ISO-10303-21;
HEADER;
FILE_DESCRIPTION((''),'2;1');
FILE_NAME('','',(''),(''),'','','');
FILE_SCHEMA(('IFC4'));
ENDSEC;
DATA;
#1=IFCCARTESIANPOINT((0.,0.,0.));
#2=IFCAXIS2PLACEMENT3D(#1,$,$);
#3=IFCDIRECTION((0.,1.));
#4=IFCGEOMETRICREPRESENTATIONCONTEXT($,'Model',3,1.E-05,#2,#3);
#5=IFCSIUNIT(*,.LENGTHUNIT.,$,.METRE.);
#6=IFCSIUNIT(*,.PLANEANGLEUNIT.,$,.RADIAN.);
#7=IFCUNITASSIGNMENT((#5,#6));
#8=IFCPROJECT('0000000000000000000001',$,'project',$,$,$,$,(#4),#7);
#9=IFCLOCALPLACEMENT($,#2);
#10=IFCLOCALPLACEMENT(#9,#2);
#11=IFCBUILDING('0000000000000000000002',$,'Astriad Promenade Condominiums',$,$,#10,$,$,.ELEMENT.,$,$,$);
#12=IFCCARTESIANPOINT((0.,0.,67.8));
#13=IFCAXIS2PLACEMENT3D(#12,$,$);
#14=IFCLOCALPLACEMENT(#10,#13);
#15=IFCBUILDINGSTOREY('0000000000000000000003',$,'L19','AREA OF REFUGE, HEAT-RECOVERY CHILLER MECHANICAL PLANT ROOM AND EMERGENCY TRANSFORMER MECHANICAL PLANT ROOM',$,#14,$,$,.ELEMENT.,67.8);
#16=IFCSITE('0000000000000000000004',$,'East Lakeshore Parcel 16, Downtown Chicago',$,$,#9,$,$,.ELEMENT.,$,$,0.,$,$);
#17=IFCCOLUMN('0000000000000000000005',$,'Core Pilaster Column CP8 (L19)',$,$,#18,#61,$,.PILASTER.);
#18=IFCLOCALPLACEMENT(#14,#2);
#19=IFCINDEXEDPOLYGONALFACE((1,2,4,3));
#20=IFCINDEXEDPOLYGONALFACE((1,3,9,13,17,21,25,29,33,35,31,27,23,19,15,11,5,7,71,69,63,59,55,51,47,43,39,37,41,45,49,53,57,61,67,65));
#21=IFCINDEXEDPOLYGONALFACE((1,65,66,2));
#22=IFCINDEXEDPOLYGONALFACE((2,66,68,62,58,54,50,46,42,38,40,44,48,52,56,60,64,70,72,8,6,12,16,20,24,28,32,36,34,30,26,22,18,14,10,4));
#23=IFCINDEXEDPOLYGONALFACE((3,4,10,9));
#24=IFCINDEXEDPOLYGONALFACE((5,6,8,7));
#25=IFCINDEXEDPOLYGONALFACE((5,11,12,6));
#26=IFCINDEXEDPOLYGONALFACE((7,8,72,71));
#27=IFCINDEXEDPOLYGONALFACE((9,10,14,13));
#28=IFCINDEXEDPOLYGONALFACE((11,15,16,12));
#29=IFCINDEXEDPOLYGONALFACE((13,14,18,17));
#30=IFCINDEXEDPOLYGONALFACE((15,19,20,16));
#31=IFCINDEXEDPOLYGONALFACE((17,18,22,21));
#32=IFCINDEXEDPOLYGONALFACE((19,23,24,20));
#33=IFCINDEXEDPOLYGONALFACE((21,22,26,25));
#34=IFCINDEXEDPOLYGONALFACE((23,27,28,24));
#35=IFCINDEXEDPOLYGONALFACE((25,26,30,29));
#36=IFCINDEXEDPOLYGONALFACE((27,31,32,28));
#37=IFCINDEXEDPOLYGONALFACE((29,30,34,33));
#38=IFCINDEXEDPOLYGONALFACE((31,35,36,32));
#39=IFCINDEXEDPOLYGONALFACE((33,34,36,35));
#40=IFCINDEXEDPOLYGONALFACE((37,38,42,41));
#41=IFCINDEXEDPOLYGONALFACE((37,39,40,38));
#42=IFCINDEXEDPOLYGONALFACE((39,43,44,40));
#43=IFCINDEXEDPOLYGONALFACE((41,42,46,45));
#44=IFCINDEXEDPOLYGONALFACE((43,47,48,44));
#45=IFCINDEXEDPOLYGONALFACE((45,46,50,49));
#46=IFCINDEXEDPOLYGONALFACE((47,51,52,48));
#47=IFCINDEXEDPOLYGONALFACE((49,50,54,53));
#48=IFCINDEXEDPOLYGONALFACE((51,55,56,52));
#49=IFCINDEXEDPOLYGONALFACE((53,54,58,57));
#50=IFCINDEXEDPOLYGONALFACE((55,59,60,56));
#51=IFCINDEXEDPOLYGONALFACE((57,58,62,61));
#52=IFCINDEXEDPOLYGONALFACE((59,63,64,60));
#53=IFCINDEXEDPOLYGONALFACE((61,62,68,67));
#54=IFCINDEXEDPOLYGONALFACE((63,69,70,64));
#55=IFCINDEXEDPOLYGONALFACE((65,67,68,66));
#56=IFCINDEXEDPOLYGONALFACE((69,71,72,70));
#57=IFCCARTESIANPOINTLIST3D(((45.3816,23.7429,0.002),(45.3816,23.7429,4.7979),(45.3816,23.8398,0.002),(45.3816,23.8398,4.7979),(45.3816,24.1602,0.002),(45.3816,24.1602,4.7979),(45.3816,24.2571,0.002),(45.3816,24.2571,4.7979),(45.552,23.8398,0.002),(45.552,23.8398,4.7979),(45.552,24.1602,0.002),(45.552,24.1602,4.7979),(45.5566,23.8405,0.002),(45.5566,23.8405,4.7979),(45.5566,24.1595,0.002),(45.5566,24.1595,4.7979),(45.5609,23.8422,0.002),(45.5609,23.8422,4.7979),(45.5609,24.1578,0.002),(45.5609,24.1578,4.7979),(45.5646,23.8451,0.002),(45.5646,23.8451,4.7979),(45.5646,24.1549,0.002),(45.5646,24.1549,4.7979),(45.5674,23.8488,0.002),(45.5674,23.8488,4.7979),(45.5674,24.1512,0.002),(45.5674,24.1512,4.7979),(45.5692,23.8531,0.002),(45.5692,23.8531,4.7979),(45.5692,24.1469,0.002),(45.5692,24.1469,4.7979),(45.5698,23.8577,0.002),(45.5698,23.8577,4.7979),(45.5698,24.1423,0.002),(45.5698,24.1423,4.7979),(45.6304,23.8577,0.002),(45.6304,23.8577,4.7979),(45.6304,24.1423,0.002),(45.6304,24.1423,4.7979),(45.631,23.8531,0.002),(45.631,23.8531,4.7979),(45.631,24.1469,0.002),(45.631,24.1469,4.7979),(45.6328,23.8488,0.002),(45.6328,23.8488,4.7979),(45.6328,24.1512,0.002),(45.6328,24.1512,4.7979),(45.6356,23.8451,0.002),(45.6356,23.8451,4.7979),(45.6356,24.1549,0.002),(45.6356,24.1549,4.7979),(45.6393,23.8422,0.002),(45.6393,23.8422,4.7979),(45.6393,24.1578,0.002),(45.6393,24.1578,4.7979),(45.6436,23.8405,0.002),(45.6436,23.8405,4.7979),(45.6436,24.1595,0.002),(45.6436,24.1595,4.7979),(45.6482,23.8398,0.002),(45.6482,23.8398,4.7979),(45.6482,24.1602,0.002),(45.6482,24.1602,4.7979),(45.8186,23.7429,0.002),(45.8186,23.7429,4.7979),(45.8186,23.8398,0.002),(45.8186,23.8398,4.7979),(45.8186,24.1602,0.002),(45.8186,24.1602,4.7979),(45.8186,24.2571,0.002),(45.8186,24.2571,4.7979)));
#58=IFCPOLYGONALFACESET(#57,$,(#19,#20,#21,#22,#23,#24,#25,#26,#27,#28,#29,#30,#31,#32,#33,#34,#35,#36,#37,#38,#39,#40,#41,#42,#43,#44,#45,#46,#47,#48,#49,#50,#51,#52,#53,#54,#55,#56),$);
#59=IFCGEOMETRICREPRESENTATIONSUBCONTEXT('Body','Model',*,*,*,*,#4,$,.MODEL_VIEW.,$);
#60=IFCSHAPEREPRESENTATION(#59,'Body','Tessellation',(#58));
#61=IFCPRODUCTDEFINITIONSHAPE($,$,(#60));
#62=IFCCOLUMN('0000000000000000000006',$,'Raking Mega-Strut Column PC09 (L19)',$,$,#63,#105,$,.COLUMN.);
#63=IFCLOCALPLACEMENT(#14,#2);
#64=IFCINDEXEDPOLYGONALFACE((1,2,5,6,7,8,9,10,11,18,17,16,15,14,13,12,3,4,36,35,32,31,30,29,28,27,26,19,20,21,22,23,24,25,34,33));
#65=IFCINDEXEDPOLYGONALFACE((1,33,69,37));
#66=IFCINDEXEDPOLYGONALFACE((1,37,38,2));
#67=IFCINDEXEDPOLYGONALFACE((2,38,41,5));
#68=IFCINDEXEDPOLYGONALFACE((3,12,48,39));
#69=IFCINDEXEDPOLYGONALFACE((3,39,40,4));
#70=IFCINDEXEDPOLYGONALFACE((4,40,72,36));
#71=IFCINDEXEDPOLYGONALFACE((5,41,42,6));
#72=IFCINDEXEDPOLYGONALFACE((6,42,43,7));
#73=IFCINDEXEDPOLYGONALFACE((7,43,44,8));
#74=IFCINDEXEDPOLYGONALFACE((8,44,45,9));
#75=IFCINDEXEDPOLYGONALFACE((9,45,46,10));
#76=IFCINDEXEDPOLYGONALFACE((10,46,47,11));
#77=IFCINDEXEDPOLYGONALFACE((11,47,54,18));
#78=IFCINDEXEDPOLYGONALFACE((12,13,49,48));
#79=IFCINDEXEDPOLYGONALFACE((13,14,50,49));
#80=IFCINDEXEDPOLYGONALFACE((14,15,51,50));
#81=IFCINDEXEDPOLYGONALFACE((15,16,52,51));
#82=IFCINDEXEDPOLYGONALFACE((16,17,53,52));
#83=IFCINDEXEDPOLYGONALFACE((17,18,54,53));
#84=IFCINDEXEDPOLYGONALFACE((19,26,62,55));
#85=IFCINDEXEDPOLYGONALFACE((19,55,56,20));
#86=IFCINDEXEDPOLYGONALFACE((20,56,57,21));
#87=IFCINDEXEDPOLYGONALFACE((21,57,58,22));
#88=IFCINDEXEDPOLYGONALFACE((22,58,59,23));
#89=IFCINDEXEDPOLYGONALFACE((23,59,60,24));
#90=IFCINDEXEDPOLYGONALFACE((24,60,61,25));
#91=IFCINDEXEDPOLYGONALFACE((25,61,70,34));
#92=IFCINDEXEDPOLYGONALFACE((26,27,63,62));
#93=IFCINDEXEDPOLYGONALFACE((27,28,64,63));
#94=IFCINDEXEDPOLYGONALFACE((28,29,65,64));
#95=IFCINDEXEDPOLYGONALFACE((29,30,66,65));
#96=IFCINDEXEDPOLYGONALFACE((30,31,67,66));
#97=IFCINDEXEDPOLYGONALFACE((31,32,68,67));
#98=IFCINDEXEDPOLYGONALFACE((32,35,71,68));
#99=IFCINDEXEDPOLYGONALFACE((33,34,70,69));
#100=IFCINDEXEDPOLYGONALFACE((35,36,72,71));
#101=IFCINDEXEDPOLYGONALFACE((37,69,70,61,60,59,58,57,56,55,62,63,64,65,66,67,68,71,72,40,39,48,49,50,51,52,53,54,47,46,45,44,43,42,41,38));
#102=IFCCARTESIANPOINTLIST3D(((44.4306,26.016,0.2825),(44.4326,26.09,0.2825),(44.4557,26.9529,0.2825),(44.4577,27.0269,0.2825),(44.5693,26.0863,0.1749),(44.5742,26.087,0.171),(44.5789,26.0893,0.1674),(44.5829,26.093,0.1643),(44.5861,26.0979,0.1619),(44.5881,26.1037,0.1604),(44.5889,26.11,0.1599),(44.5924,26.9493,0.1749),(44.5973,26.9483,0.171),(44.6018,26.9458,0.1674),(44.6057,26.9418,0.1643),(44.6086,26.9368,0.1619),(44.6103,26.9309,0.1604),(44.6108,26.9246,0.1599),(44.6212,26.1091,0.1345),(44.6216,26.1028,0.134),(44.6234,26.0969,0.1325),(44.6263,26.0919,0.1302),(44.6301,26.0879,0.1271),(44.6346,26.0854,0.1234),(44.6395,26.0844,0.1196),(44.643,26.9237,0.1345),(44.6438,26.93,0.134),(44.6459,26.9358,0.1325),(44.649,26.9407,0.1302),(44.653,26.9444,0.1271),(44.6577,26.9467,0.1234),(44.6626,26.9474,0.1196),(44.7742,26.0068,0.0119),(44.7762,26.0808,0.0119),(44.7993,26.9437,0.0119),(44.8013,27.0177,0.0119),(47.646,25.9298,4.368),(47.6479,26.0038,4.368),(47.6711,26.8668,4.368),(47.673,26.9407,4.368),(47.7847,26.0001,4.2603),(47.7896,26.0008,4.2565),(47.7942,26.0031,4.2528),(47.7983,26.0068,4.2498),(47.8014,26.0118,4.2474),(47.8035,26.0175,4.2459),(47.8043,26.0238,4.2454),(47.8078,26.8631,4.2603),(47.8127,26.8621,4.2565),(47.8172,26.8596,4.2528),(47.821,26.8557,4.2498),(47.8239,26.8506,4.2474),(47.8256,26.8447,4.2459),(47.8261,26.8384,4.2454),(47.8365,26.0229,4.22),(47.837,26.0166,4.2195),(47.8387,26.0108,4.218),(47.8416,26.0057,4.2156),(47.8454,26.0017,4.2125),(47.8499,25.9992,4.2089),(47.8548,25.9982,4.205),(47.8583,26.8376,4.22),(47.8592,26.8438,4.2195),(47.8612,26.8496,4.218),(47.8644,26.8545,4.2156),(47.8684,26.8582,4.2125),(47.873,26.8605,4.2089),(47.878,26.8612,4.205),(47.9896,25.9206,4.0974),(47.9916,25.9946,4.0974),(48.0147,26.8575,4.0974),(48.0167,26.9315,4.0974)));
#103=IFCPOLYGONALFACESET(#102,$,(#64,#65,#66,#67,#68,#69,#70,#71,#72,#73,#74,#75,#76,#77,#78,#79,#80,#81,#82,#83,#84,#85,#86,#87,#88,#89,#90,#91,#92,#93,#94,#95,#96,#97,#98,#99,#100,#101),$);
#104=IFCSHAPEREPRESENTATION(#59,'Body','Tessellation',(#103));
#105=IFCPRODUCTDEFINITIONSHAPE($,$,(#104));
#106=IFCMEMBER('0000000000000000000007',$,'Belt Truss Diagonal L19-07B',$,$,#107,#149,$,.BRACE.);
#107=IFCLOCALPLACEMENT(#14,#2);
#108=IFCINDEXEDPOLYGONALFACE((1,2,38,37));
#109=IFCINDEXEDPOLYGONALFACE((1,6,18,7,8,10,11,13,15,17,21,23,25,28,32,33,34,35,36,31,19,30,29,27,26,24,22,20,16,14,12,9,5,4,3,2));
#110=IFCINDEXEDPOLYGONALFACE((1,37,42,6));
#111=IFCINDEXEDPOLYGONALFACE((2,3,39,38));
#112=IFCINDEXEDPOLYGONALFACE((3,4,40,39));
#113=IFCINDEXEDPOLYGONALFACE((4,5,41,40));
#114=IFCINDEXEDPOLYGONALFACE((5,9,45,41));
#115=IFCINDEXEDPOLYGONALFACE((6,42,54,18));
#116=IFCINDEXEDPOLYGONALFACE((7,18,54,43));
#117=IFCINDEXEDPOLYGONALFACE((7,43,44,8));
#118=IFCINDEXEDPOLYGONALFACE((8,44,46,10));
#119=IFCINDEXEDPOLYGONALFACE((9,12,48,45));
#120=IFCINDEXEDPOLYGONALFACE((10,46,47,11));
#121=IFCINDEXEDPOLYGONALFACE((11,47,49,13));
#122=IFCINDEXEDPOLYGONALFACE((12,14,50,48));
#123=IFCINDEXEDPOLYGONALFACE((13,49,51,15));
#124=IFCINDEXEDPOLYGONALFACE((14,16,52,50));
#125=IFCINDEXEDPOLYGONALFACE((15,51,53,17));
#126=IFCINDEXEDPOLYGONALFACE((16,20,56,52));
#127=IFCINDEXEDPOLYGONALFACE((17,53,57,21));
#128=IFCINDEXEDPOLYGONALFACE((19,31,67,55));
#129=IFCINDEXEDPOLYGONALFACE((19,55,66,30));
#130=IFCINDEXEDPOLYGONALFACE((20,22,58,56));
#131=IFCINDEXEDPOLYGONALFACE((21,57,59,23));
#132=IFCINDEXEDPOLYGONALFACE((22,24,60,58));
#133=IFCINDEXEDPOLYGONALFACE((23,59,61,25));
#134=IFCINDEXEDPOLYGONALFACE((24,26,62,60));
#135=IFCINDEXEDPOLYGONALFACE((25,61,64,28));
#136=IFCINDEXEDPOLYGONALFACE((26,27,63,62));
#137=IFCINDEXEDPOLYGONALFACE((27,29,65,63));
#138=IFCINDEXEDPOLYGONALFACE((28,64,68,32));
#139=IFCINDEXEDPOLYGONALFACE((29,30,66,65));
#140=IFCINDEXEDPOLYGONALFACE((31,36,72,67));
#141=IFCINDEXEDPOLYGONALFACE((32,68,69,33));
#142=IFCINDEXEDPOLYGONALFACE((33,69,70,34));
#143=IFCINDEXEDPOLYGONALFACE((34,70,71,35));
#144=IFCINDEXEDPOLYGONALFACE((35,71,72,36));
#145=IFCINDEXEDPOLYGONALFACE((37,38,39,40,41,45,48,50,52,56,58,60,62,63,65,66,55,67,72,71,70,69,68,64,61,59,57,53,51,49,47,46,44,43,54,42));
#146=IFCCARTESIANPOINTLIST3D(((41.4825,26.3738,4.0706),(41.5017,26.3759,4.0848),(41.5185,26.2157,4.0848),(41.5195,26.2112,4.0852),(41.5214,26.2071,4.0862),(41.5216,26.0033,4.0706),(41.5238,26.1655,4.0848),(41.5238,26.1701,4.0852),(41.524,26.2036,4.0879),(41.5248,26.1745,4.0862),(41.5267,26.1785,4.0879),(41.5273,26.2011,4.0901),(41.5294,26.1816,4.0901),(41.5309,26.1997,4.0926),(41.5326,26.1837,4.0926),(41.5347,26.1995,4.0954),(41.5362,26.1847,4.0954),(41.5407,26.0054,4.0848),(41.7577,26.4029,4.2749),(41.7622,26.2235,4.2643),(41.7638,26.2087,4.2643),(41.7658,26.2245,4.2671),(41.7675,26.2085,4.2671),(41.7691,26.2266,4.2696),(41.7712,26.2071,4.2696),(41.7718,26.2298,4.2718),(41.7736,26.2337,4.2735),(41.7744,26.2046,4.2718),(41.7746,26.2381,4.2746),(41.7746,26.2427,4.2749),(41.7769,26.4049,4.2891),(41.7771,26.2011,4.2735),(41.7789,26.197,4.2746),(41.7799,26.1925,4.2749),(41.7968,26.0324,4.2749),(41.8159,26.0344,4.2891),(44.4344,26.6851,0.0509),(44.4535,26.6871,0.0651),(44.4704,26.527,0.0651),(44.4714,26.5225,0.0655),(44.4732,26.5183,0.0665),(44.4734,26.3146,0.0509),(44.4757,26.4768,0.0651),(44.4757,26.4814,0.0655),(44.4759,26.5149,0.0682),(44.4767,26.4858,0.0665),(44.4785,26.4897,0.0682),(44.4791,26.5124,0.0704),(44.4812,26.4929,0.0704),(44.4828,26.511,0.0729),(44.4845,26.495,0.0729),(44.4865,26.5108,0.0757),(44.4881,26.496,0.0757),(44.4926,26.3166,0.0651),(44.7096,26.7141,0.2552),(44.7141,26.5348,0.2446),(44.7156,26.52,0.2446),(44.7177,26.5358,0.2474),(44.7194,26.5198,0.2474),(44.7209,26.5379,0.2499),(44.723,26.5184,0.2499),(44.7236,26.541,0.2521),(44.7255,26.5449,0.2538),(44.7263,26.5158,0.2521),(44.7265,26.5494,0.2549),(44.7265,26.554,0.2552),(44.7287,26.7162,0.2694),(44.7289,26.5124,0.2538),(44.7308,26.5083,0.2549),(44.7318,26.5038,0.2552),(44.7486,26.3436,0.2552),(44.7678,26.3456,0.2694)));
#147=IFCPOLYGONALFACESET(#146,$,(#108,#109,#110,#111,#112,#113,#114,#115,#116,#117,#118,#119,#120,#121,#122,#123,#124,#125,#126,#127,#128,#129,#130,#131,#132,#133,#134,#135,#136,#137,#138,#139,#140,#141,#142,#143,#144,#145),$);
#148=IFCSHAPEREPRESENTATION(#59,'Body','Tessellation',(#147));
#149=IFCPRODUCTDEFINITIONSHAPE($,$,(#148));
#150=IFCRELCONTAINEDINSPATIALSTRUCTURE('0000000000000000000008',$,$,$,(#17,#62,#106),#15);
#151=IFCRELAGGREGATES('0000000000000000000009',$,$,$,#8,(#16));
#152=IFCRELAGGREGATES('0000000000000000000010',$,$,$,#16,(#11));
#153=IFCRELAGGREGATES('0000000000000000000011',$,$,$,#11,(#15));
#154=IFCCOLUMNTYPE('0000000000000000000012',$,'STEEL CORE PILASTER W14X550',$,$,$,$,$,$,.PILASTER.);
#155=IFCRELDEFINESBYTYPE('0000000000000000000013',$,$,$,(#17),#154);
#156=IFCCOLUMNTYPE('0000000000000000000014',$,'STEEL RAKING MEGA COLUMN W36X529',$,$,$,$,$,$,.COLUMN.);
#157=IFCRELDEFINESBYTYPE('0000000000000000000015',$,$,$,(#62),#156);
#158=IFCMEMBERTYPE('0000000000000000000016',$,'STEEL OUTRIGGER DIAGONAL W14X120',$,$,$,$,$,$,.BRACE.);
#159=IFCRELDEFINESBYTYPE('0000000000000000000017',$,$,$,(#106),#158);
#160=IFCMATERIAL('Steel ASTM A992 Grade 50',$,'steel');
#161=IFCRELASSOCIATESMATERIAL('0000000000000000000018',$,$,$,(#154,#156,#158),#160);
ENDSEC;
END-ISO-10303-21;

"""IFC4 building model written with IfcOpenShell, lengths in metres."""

from ifc_helpers import new_model, si_unit, direction, frame, origin, origin_2d, place, context, subcontext, project, spatial, i_section, extrude, source, transform, mapped, material, material_profile, profile_set, type_object, type_shapes, element, save


model = new_model("IFC4")

# Units and contexts
model_context = context("Model", 3, precision=1e-05, world=origin(), true_north=direction((0.0, 1.0)))
body_context = subcontext(model_context, "Body", "Model", "MODEL_VIEW")
ifc_project = project(units=[si_unit("LENGTHUNIT", "METRE"), si_unit("PLANEANGLEUNIT", "RADIAN")], contexts=[model_context])

# Site, building, storey
site_placement = place(None, origin())
site = spatial("IfcSite", under=ifc_project, at=site_placement, Name="East Lakeshore Parcel 16, Downtown Chicago", CompositionType="ELEMENT", RefElevation=0.0)
building_placement = place(site_placement, origin())
building = spatial("IfcBuilding", under=site, at=building_placement, Name="Astriad Promenade Condominiums", CompositionType="ELEMENT")
storey_placement = place(building_placement, frame((0.0, 0.0, 67.8)))
storey = spatial("IfcBuildingStorey", under=building, at=storey_placement, Name="L19", Description="AREA OF REFUGE, HEAT-RECOVERY CHILLER MECHANICAL PLANT ROOM AND EMERGENCY TRANSFORMER MECHANICAL PLANT ROOM", CompositionType="ELEMENT", Elevation=67.8)

# Columns
ifc_material_1 = material(Name="Steel ASTM A992 Grade 50", Category="steel")
ifc_material_profile_1 = material_profile(ifc_material_1, i_section(OverallWidth=0.437, OverallDepth=0.5142, WebThickness=0.0605, FlangeThickness=0.0969, FilletRadius=0.0178, at=origin_2d()), Name="W14X550")
ifc_profile_set_1 = profile_set([ifc_material_profile_1], Name="Steel ASTM A992 Grade 50")
column_type_1 = type_object("IfcColumnType", Name="STEEL CORE PILASTER W14X550", PredefinedType="PILASTER", material=ifc_profile_set_1)
shared_shape_1 = source(origin(), body_context, "Body", "SweptSolid", [
    extrude(i_section(OverallWidth=0.437, OverallDepth=0.5142, WebThickness=0.0605, FlangeThickness=0.0969, FilletRadius=0.0178, at=origin_2d()), origin(), (0.0, 0.0, 1.0), 4.7959),
])
type_shapes(column_type_1, [shared_shape_1])
column_1_placement = place(storey_placement, frame((45.6001, 24.0, 0.002), z_axis=(0.0, 0.0, 1.0), x_axis=(1.0, 0.0, 0.0)))
element("IfcColumn", 1, at=column_1_placement, inside=storey, type_object=column_type_1, Name="Core Pilaster Column CP8 (L19)", PredefinedType="PILASTER", context=body_context, shape_type="MappedRepresentation", body=[
    mapped(shared_shape_1, transform((0.0, 0.0, 0.0), scale=1.0)),
])
ifc_material_profile_2 = material_profile(ifc_material_1, i_section(OverallWidth=0.4375, OverallDepth=1.0112, WebThickness=0.041, FlangeThickness=0.074, FilletRadius=0.0242, at=origin_2d()), Name="W36X529")
ifc_profile_set_2 = profile_set([ifc_material_profile_2], Name="Steel ASTM A992 Grade 50")
column_type_2 = type_object("IfcColumnType", Name="STEEL RAKING MEGA COLUMN W36X529", PredefinedType="COLUMN", material=ifc_profile_set_2)
shared_shape_2 = source(origin(), body_context, "Body", "SweptSolid", [
    extrude(i_section(OverallWidth=0.4375, OverallDepth=1.0112, WebThickness=0.041, FlangeThickness=0.074, FilletRadius=0.0242, at=origin_2d()), origin(), (0.0, 0.0, 1.0), 5.1997),
])
type_shapes(column_type_2, [shared_shape_2])
column_2_placement = place(storey_placement, frame((44.616, 26.5168, 0.1472), z_axis=(0.618371, -0.016574, 0.785712), x_axis=(-0.785429, 0.021052, 0.618593)))
element("IfcColumn", 2, at=column_2_placement, inside=storey, type_object=column_type_2, Name="Raking Mega-Strut Column PC09 (L19)", PredefinedType="COLUMN", context=body_context, shape_type="MappedRepresentation", body=[
    mapped(shared_shape_2, transform((0.0, 0.0, 0.0), scale=1.0)),
])

# Member
ifc_material_profile_3 = material_profile(ifc_material_1, i_section(OverallWidth=0.3726, OverallDepth=0.3679, WebThickness=0.0149, FlangeThickness=0.0239, FilletRadius=0.0178, at=origin_2d()), Name="W14X120")
ifc_profile_set_3 = profile_set([ifc_material_profile_3], Name="Steel ASTM A992 Grade 50")
member_type_1 = type_object("IfcMemberType", Name="STEEL OUTRIGGER DIAGONAL W14X120", PredefinedType="BRACE", material=ifc_profile_set_3)
shared_shape_3 = source(origin(), body_context, "Body", "SweptSolid", [
    extrude(i_section(OverallWidth=0.3726, OverallDepth=0.3679, WebThickness=0.0149, FlangeThickness=0.0239, FilletRadius=0.0178, at=origin_2d()), origin(), (0.0, 0.0, 1.0), 4.9968),
])
member_1_placement = place(storey_placement, frame((44.6011, 26.5154, 0.1602), z_axis=(-0.590745, -0.062294, 0.80445), x_axis=(0.104869, -0.994486, 0.0)))
element("IfcMember", 3, at=member_1_placement, inside=storey, type_object=member_type_1, Name="Belt Truss Diagonal L19-07B", PredefinedType="BRACE", context=body_context, shape_type="MappedRepresentation", body=[
    mapped(shared_shape_3, transform((0.0, 0.0, 0.0), scale=1.0)),
])

save(model, "model.ifc")
